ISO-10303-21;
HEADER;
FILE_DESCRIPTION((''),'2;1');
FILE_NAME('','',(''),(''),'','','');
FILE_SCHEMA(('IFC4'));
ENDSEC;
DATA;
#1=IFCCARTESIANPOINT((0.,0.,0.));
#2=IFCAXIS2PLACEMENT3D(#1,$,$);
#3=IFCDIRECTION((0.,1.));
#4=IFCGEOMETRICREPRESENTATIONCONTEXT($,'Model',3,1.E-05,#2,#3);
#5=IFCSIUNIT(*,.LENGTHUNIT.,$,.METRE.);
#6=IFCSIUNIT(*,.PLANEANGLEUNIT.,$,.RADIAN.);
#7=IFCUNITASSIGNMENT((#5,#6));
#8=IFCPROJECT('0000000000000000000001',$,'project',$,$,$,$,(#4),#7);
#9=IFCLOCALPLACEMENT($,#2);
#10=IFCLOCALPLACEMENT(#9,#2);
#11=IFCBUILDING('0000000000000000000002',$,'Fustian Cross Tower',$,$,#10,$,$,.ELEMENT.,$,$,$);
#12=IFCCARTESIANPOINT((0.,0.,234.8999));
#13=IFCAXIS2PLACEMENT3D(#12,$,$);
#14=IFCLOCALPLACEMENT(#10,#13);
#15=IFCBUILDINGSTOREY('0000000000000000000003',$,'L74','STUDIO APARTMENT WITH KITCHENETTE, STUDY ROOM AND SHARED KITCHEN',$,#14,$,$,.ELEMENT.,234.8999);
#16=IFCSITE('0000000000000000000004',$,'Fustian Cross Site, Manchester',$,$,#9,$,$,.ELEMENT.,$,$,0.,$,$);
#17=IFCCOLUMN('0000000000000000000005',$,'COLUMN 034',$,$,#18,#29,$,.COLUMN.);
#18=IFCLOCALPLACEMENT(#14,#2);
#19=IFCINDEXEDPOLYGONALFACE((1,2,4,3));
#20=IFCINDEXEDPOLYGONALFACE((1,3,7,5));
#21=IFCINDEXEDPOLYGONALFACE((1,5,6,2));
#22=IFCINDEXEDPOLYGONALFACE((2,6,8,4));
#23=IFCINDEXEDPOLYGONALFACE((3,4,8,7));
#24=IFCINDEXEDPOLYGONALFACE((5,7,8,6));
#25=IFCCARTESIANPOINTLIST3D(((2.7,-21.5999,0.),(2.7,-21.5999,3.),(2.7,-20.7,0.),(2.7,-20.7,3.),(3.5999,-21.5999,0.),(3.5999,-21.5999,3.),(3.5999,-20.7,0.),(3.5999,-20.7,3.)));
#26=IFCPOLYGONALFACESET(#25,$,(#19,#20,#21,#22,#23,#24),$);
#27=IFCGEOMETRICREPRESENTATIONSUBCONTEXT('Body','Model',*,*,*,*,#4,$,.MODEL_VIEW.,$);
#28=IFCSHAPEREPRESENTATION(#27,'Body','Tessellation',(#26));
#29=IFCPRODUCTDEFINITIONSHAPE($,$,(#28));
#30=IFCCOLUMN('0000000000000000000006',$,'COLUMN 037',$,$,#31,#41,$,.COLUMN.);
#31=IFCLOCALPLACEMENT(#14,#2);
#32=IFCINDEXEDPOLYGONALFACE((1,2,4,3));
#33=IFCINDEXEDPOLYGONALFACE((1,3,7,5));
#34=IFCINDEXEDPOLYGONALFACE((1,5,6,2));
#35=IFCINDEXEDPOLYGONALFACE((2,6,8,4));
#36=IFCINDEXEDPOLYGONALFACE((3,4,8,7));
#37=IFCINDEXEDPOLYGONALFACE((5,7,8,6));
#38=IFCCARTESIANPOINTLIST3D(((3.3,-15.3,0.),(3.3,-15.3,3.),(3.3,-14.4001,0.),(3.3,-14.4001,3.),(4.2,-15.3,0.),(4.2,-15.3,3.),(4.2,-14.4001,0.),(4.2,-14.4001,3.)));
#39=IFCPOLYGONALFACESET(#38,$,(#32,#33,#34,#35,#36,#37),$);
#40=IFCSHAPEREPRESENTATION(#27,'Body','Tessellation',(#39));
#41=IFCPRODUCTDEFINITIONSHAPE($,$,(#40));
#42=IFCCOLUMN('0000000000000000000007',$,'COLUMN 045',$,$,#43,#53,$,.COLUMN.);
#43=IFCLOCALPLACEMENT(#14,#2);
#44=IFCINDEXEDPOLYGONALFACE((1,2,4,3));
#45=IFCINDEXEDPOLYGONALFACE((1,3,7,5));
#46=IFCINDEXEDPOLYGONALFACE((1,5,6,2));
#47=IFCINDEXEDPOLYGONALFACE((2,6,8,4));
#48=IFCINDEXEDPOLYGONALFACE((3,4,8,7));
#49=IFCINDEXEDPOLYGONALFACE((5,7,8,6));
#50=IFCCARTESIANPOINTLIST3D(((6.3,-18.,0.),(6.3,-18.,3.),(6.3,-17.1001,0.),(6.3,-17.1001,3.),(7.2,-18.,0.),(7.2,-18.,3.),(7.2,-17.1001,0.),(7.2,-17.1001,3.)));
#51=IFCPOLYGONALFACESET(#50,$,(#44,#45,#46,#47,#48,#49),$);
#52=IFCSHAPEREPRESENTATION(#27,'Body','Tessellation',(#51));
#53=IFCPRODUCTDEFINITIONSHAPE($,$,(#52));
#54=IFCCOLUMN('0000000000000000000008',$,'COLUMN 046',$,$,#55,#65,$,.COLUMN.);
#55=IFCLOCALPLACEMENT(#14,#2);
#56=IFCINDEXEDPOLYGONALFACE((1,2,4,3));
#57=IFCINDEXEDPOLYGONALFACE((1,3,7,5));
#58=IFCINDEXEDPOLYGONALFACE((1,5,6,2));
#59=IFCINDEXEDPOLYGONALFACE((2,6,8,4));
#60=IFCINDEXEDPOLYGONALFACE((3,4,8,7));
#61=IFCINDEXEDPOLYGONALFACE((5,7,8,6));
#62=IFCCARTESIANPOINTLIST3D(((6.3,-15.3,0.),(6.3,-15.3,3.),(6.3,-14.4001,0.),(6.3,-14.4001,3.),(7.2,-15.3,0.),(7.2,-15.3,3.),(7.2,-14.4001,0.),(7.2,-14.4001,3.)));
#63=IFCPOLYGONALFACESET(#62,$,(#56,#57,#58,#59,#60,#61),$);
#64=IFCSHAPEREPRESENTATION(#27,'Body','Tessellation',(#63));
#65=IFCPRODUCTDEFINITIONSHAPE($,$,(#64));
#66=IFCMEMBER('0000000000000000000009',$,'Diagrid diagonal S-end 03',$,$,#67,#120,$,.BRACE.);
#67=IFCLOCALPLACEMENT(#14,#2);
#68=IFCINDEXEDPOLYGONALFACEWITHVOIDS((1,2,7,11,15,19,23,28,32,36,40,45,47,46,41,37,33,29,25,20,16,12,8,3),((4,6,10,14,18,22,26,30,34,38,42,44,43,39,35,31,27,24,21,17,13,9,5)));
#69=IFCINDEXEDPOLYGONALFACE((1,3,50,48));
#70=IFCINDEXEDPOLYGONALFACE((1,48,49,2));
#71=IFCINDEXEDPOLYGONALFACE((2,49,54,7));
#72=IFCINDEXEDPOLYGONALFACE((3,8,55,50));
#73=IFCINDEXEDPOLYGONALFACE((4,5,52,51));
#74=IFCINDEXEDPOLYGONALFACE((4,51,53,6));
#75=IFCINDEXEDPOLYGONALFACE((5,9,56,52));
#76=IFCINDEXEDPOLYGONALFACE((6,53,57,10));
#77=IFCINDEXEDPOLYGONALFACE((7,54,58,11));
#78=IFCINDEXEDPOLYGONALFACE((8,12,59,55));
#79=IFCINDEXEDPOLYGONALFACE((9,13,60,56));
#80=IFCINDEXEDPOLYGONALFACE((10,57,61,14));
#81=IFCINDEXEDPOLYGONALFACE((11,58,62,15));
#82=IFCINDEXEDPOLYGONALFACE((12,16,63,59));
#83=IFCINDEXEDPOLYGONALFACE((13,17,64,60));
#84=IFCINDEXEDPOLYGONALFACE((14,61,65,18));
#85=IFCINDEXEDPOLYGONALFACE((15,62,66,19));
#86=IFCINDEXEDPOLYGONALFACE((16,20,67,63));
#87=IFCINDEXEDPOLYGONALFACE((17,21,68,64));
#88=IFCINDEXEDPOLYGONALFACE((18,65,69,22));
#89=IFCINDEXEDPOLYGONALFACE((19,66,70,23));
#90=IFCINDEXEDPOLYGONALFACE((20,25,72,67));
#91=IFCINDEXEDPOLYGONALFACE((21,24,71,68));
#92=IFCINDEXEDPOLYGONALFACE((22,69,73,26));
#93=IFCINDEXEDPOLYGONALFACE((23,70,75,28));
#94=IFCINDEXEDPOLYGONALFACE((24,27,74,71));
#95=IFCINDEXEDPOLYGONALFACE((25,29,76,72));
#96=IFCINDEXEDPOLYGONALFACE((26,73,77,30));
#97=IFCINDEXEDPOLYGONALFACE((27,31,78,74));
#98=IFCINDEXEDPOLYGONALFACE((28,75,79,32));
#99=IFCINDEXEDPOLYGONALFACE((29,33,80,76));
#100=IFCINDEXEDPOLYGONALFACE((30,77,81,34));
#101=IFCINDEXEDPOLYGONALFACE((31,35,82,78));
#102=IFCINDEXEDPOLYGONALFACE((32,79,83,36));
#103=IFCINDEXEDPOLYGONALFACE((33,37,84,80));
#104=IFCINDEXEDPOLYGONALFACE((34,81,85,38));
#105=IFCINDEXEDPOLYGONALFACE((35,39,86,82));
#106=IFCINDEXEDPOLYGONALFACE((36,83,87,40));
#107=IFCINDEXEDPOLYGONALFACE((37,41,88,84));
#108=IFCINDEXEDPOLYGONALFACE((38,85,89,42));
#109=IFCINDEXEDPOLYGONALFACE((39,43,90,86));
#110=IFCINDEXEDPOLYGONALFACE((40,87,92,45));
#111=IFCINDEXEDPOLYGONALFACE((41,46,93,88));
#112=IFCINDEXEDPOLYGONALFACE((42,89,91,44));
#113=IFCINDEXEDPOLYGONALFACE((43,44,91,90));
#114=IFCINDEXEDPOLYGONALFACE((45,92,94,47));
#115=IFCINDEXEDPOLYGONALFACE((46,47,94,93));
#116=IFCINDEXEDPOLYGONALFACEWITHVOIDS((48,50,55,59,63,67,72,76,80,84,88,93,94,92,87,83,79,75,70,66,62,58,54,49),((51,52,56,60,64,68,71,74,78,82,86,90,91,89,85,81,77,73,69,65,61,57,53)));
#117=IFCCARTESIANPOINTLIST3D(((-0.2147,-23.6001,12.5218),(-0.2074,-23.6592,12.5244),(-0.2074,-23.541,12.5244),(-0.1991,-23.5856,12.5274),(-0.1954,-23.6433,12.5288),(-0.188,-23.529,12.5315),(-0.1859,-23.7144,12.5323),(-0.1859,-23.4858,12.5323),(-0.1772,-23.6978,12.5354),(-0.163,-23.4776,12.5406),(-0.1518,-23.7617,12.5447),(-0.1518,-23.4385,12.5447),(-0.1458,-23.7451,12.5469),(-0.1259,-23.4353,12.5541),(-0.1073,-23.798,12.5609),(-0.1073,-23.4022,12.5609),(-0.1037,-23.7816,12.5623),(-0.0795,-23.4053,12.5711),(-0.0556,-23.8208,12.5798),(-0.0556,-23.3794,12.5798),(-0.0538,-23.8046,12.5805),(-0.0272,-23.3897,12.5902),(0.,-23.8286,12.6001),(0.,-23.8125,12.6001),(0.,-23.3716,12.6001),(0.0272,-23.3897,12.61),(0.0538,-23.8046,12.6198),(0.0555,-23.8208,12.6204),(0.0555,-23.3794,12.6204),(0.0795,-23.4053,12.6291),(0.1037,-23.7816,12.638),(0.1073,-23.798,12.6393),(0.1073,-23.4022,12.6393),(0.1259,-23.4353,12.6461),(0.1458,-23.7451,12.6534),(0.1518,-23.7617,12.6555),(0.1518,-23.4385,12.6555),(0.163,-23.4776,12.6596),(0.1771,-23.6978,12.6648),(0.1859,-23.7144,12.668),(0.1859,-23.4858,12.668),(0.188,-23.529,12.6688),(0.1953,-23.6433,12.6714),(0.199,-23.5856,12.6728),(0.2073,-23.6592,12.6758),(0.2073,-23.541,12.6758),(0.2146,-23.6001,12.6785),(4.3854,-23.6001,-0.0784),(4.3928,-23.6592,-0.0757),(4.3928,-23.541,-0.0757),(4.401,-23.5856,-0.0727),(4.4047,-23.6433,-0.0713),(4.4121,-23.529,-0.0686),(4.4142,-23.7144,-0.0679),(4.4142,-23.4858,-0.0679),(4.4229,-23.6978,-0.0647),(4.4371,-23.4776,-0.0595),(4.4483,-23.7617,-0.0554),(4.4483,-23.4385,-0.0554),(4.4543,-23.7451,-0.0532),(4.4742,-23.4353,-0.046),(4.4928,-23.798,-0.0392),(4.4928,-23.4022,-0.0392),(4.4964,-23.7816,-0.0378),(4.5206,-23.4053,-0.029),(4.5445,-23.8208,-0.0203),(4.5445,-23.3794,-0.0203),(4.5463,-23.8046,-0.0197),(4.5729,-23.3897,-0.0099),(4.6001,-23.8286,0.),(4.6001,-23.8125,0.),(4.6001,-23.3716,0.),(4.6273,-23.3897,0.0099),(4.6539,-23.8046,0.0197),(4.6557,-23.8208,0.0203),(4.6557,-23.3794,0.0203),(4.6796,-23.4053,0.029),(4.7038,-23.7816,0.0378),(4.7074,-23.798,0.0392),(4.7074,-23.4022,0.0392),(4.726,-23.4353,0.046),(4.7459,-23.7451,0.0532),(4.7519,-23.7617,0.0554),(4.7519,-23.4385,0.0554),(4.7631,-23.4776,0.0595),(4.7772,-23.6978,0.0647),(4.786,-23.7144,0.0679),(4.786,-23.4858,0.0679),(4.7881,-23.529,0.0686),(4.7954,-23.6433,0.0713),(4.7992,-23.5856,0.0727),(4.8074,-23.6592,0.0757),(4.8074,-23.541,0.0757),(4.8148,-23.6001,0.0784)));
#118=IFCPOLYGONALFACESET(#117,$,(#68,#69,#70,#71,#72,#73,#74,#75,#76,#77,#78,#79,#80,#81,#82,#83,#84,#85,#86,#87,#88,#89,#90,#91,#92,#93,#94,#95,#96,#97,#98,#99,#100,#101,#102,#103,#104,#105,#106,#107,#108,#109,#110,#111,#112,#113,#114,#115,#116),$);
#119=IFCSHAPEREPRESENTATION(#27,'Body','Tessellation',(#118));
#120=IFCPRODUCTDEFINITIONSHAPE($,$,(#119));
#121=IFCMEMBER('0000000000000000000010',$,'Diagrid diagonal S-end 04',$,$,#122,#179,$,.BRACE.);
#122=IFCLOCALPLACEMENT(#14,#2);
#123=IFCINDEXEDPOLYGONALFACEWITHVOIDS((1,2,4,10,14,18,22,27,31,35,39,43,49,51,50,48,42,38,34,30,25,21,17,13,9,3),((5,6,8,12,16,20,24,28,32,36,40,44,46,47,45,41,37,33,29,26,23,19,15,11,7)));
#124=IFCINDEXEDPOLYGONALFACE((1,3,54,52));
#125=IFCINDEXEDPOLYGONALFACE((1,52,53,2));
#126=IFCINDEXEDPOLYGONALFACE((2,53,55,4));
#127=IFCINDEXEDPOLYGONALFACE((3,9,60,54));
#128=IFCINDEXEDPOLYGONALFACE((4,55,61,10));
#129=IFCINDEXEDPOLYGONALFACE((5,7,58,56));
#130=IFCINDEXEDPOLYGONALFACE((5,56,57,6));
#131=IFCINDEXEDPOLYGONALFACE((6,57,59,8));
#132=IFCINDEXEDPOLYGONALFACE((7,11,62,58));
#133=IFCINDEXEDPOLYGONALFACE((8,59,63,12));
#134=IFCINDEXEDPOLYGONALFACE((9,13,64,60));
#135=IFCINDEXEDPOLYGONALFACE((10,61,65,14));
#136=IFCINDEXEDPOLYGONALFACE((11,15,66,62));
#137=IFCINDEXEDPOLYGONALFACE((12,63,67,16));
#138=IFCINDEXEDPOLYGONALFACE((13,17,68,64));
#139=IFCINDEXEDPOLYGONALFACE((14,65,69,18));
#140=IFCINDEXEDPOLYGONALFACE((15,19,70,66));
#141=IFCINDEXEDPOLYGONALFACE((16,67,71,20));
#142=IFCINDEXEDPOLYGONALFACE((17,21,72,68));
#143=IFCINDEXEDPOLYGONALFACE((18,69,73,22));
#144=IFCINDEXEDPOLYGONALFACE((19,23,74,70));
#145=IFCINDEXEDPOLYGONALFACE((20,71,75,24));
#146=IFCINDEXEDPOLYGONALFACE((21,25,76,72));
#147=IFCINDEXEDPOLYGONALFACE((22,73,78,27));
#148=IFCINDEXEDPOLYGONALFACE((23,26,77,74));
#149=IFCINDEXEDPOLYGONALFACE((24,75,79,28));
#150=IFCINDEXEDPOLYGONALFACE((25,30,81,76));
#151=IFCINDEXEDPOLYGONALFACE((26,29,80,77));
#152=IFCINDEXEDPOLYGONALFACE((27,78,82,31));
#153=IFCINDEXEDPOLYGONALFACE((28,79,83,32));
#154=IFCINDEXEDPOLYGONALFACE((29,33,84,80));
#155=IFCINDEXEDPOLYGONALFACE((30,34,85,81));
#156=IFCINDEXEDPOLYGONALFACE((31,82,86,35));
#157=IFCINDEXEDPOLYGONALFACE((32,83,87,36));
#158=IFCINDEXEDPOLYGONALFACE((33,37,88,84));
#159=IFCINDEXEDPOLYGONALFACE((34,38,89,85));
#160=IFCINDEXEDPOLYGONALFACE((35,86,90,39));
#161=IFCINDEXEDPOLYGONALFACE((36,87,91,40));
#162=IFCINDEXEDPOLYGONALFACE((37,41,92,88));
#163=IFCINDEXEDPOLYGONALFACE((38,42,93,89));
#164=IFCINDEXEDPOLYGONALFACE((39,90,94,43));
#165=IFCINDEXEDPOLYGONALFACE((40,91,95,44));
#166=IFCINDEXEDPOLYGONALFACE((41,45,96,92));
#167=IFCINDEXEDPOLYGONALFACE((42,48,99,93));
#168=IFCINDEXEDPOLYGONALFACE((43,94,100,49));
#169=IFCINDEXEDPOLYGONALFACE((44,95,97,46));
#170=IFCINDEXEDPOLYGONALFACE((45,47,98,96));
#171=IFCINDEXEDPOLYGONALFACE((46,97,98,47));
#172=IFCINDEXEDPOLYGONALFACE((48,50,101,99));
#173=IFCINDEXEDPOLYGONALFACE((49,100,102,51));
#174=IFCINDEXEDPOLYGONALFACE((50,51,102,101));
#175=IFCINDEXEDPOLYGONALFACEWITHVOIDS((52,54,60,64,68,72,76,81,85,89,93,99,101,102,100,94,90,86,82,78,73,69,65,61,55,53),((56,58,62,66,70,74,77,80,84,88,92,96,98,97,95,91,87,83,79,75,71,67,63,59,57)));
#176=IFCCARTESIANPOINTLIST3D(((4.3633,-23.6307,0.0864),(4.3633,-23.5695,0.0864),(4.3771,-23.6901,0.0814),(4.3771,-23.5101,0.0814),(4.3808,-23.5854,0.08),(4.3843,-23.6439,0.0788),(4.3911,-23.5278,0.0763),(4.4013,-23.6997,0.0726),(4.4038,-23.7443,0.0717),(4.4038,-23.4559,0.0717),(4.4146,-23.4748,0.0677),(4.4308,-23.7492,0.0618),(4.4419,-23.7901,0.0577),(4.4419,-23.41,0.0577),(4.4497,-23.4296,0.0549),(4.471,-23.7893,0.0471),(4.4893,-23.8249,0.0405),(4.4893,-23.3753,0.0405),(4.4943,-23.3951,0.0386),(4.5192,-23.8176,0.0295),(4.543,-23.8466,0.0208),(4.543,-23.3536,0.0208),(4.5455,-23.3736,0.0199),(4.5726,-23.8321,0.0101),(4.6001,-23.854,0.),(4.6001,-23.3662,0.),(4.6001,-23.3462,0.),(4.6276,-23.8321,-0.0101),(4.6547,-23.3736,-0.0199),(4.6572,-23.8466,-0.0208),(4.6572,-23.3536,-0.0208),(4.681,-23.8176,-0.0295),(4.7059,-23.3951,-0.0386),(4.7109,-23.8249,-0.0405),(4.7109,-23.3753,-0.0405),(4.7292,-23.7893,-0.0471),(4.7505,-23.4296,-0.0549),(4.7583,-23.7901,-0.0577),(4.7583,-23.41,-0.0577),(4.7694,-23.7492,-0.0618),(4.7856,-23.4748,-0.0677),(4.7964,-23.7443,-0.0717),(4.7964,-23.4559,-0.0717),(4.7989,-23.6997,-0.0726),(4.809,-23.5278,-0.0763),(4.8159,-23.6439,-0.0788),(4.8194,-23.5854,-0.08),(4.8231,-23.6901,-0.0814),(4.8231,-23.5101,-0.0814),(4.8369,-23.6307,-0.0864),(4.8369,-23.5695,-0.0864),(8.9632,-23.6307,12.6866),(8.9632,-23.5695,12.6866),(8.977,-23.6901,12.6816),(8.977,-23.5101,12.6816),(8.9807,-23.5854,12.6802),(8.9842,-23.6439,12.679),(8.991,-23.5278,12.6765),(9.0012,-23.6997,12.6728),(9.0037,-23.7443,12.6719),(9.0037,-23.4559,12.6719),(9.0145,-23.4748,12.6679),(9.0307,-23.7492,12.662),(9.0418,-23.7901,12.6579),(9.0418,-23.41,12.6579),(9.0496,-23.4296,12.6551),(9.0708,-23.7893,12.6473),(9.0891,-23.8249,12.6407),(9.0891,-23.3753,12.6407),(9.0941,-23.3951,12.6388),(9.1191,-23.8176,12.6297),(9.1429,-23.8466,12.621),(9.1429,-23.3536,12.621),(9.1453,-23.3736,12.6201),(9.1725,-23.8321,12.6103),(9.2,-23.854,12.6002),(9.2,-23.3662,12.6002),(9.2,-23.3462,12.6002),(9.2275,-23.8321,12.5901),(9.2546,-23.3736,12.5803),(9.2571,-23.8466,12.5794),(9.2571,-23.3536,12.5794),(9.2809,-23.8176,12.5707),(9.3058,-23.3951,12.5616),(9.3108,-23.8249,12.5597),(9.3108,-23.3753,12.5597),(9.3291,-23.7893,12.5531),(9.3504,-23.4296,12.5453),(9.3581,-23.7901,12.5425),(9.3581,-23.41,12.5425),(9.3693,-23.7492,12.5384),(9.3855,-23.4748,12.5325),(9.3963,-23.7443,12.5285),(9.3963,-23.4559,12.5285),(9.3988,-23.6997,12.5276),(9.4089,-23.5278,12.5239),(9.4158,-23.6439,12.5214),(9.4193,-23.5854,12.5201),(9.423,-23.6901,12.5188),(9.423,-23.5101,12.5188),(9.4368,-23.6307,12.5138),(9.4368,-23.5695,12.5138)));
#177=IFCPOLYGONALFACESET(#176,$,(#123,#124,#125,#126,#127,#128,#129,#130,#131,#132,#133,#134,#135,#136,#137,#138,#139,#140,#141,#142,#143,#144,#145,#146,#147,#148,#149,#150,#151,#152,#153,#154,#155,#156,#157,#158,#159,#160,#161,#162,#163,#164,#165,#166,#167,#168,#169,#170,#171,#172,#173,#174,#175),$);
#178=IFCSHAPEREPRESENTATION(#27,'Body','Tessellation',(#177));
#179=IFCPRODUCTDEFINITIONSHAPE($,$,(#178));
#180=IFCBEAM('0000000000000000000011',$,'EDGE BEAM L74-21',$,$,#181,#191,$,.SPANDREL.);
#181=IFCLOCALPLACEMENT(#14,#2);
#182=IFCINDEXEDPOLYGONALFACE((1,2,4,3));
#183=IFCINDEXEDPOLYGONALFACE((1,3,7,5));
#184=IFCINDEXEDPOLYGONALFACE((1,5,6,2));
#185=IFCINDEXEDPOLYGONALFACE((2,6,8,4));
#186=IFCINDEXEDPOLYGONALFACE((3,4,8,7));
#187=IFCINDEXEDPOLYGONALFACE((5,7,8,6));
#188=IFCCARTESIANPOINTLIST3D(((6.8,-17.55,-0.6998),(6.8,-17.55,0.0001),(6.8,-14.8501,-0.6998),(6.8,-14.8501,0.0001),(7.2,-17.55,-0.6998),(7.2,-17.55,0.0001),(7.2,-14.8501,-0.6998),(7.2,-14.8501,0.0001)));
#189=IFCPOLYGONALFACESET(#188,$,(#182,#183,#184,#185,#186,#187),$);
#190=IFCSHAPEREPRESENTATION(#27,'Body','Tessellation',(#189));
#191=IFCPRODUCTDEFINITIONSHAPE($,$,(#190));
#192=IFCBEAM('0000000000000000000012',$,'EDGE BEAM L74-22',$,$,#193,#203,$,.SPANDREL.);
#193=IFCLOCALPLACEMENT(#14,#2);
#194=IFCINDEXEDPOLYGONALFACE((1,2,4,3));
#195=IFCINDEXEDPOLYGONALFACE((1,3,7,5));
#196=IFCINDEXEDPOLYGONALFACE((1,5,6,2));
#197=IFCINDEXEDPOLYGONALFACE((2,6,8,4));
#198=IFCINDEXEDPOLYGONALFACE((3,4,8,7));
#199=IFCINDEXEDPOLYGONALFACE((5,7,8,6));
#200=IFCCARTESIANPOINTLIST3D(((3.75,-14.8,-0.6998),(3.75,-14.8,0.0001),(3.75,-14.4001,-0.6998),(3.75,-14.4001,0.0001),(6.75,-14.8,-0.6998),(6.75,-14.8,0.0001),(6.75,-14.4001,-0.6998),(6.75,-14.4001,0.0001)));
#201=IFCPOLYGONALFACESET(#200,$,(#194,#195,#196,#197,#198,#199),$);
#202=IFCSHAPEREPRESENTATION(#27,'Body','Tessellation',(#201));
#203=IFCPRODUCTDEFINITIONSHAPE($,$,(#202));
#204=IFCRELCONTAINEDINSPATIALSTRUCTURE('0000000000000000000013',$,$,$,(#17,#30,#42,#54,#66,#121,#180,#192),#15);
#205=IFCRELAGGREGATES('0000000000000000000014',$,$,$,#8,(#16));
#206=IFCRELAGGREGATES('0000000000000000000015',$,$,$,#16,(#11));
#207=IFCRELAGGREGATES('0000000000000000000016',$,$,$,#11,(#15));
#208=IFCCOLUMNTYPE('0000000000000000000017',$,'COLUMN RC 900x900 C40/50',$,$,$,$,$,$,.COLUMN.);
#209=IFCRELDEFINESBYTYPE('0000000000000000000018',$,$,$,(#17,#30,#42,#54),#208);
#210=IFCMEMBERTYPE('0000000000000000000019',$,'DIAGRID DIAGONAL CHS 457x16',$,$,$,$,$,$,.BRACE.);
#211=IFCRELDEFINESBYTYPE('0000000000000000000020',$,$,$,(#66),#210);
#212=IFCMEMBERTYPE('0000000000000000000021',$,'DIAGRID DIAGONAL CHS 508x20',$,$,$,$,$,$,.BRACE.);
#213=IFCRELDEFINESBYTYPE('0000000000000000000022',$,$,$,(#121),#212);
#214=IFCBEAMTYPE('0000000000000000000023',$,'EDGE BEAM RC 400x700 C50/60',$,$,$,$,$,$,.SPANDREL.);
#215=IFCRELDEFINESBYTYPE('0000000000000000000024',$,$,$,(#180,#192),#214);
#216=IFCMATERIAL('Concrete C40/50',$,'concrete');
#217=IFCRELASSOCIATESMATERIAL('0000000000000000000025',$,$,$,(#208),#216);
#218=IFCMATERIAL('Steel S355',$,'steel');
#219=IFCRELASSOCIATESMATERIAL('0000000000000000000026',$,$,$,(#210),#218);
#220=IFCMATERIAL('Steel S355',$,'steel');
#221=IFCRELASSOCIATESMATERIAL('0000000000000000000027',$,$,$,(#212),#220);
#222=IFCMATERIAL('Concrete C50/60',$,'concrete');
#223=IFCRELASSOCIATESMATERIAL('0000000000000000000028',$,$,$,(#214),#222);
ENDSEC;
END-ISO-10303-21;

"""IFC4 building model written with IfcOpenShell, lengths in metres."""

from ifc_helpers import new_model, si_unit, direction, frame, origin, origin_2d, place, context, subcontext, project, spatial, rectangle, hollow_circle, extrude, material, material_profile, profile_set, type_object, element, save


model = new_model("IFC4")

# Units and contexts
model_context = context("Model", 3, precision=1e-05, world=origin(), true_north=direction((0.0, 1.0)))
body_context = subcontext(model_context, "Body", "Model", "MODEL_VIEW")
ifc_project = project(units=[si_unit("LENGTHUNIT", "METRE"), si_unit("PLANEANGLEUNIT", "RADIAN")], contexts=[model_context])

# Site, building, storey
site_placement = place(None, origin())
site = spatial("IfcSite", under=ifc_project, at=site_placement, Name="Fustian Cross Site, Manchester", CompositionType="ELEMENT", RefElevation=0.0)
building_placement = place(site_placement, origin())
building = spatial("IfcBuilding", under=site, at=building_placement, Name="Fustian Cross Tower", CompositionType="ELEMENT")
storey_placement = place(building_placement, frame((0.0, 0.0, 234.8999)))
storey = spatial("IfcBuildingStorey", under=building, at=storey_placement, Name="L74", Description="STUDIO APARTMENT WITH KITCHENETTE, STUDY ROOM AND SHARED KITCHEN", CompositionType="ELEMENT", Elevation=234.8999)

# Columns
ifc_material_1 = material(Name="Concrete C40/50", Category="concrete")
ifc_material_profile_1 = material_profile(ifc_material_1, rectangle(XDim=0.8999, YDim=0.8999, at=origin_2d()), Name="RC 900x900")
ifc_profile_set_1 = profile_set([ifc_material_profile_1], Name="Concrete C40/50")
column_type = type_object("IfcColumnType", Name="COLUMN RC 900x900 C40/50", PredefinedType="COLUMN", material=ifc_profile_set_1)
for number, where, z_axis, x_axis, name in (
    (1, (3.1499, -21.1499, 0.0), (0.0, 0.0, 1.0), (1.0, 0.0, 0.0), "COLUMN 034"),
    (2, (3.75, -14.8501, 0.0), (0.0, 0.0, 1.0), (1.0, 0.0, 0.0), "COLUMN 037"),
    (3, (6.75, -17.55, 0.0), (0.0, 0.0, 1.0), (1.0, 0.0, 0.0), "COLUMN 045"),
    (4, (6.75, -14.8501, 0.0), (0.0, 0.0, 1.0), (1.0, 0.0, 0.0), "COLUMN 046"),
):
    element("IfcColumn", number, at=place(storey_placement, frame(where, z_axis=z_axis, x_axis=x_axis)), inside=storey, type_object=column_type, Name=name, PredefinedType="COLUMN", context=body_context, shape_type="SweptSolid", body=[
        extrude(rectangle(XDim=0.8999, YDim=0.8999, at=origin_2d()), origin(), (0.0, 0.0, 1.0), 3.0),
    ])

# Members
ifc_material_2 = material(Name="Steel S355", Category="steel")
ifc_material_profile_2 = material_profile(ifc_material_2, hollow_circle(Radius=0.2285, WallThickness=0.0161, at=origin_2d()), Name="CHS 457x16")
ifc_profile_set_2 = profile_set([ifc_material_profile_2], Name="Steel S355")
member_type_1 = type_object("IfcMemberType", Name="DIAGRID DIAGONAL CHS 457x16", PredefinedType="BRACE", material=ifc_profile_set_2)
member_1_placement = place(storey_placement, frame((4.6001, -23.6001, 0.0), z_axis=(-0.342944, 0.0, 0.939356), x_axis=(0.0, -1.0, 0.0)))
element("IfcMember", 5, at=member_1_placement, inside=storey, type_object=member_type_1, Name="Diagrid diagonal S-end 03", PredefinedType="BRACE", context=body_context, shape_type="SweptSolid", body=[
    extrude(hollow_circle(Radius=0.2285, WallThickness=0.0161, at=origin_2d()), origin(), (0.0, 0.0, 1.0), 13.4136),
])
ifc_material_3 = material(Name="Steel S355", Category="steel")
ifc_material_profile_3 = material_profile(ifc_material_3, hollow_circle(Radius=0.2539, WallThickness=0.02, at=origin_2d()), Name="CHS 508x20")
ifc_profile_set_3 = profile_set([ifc_material_profile_3], Name="Steel S355")
member_type_2 = type_object("IfcMemberType", Name="DIAGRID DIAGONAL CHS 508x20", PredefinedType="BRACE", material=ifc_profile_set_3)
member_2_placement = place(storey_placement, frame((4.6001, -23.6001, 0.0), z_axis=(0.342928, 0.0, 0.939362), x_axis=(0.0, 1.0, 0.0)))
element("IfcMember", 6, at=member_2_placement, inside=storey, type_object=member_type_2, Name="Diagrid diagonal S-end 04", PredefinedType="BRACE", context=body_context, shape_type="SweptSolid", body=[
    extrude(hollow_circle(Radius=0.2539, WallThickness=0.02, at=origin_2d()), origin(), (0.0, 0.0, 1.0), 13.4136),
])

# Beams
ifc_material_4 = material(Name="Concrete C50/60", Category="concrete")
ifc_material_profile_4 = material_profile(ifc_material_4, rectangle(XDim=0.3999, YDim=0.7, at=origin_2d()), Name="RC 400x700")
ifc_profile_set_4 = profile_set([ifc_material_profile_4], Name="Concrete C50/60")
beam_type = type_object("IfcBeamType", Name="EDGE BEAM RC 400x700 C50/60", PredefinedType="SPANDREL", material=ifc_profile_set_4)
beam_1_placement = place(storey_placement, frame((7.0, -17.55, -0.3499), z_axis=(0.0, 1.0, 0.0), x_axis=(-1.0, 0.0, 0.0)))
element("IfcBeam", 7, at=beam_1_placement, inside=storey, type_object=beam_type, Name="EDGE BEAM L74-21", PredefinedType="SPANDREL", context=body_context, shape_type="SweptSolid", body=[
    extrude(rectangle(XDim=0.3999, YDim=0.7, at=origin_2d()), origin(), (0.0, 0.0, 1.0), 2.7),
])
beam_2_placement = place(storey_placement, frame((6.75, -14.6001, -0.3499), z_axis=(-1.0, 0.0, 0.0), x_axis=(0.0, -1.0, 0.0)))
element("IfcBeam", 8, at=beam_2_placement, inside=storey, type_object=beam_type, Name="EDGE BEAM L74-22", PredefinedType="SPANDREL", context=body_context, shape_type="SweptSolid", body=[
    extrude(rectangle(XDim=0.3999, YDim=0.7, at=origin_2d()), origin(), (0.0, 0.0, 1.0), 3.0),
])

save(model, "model.ifc")
